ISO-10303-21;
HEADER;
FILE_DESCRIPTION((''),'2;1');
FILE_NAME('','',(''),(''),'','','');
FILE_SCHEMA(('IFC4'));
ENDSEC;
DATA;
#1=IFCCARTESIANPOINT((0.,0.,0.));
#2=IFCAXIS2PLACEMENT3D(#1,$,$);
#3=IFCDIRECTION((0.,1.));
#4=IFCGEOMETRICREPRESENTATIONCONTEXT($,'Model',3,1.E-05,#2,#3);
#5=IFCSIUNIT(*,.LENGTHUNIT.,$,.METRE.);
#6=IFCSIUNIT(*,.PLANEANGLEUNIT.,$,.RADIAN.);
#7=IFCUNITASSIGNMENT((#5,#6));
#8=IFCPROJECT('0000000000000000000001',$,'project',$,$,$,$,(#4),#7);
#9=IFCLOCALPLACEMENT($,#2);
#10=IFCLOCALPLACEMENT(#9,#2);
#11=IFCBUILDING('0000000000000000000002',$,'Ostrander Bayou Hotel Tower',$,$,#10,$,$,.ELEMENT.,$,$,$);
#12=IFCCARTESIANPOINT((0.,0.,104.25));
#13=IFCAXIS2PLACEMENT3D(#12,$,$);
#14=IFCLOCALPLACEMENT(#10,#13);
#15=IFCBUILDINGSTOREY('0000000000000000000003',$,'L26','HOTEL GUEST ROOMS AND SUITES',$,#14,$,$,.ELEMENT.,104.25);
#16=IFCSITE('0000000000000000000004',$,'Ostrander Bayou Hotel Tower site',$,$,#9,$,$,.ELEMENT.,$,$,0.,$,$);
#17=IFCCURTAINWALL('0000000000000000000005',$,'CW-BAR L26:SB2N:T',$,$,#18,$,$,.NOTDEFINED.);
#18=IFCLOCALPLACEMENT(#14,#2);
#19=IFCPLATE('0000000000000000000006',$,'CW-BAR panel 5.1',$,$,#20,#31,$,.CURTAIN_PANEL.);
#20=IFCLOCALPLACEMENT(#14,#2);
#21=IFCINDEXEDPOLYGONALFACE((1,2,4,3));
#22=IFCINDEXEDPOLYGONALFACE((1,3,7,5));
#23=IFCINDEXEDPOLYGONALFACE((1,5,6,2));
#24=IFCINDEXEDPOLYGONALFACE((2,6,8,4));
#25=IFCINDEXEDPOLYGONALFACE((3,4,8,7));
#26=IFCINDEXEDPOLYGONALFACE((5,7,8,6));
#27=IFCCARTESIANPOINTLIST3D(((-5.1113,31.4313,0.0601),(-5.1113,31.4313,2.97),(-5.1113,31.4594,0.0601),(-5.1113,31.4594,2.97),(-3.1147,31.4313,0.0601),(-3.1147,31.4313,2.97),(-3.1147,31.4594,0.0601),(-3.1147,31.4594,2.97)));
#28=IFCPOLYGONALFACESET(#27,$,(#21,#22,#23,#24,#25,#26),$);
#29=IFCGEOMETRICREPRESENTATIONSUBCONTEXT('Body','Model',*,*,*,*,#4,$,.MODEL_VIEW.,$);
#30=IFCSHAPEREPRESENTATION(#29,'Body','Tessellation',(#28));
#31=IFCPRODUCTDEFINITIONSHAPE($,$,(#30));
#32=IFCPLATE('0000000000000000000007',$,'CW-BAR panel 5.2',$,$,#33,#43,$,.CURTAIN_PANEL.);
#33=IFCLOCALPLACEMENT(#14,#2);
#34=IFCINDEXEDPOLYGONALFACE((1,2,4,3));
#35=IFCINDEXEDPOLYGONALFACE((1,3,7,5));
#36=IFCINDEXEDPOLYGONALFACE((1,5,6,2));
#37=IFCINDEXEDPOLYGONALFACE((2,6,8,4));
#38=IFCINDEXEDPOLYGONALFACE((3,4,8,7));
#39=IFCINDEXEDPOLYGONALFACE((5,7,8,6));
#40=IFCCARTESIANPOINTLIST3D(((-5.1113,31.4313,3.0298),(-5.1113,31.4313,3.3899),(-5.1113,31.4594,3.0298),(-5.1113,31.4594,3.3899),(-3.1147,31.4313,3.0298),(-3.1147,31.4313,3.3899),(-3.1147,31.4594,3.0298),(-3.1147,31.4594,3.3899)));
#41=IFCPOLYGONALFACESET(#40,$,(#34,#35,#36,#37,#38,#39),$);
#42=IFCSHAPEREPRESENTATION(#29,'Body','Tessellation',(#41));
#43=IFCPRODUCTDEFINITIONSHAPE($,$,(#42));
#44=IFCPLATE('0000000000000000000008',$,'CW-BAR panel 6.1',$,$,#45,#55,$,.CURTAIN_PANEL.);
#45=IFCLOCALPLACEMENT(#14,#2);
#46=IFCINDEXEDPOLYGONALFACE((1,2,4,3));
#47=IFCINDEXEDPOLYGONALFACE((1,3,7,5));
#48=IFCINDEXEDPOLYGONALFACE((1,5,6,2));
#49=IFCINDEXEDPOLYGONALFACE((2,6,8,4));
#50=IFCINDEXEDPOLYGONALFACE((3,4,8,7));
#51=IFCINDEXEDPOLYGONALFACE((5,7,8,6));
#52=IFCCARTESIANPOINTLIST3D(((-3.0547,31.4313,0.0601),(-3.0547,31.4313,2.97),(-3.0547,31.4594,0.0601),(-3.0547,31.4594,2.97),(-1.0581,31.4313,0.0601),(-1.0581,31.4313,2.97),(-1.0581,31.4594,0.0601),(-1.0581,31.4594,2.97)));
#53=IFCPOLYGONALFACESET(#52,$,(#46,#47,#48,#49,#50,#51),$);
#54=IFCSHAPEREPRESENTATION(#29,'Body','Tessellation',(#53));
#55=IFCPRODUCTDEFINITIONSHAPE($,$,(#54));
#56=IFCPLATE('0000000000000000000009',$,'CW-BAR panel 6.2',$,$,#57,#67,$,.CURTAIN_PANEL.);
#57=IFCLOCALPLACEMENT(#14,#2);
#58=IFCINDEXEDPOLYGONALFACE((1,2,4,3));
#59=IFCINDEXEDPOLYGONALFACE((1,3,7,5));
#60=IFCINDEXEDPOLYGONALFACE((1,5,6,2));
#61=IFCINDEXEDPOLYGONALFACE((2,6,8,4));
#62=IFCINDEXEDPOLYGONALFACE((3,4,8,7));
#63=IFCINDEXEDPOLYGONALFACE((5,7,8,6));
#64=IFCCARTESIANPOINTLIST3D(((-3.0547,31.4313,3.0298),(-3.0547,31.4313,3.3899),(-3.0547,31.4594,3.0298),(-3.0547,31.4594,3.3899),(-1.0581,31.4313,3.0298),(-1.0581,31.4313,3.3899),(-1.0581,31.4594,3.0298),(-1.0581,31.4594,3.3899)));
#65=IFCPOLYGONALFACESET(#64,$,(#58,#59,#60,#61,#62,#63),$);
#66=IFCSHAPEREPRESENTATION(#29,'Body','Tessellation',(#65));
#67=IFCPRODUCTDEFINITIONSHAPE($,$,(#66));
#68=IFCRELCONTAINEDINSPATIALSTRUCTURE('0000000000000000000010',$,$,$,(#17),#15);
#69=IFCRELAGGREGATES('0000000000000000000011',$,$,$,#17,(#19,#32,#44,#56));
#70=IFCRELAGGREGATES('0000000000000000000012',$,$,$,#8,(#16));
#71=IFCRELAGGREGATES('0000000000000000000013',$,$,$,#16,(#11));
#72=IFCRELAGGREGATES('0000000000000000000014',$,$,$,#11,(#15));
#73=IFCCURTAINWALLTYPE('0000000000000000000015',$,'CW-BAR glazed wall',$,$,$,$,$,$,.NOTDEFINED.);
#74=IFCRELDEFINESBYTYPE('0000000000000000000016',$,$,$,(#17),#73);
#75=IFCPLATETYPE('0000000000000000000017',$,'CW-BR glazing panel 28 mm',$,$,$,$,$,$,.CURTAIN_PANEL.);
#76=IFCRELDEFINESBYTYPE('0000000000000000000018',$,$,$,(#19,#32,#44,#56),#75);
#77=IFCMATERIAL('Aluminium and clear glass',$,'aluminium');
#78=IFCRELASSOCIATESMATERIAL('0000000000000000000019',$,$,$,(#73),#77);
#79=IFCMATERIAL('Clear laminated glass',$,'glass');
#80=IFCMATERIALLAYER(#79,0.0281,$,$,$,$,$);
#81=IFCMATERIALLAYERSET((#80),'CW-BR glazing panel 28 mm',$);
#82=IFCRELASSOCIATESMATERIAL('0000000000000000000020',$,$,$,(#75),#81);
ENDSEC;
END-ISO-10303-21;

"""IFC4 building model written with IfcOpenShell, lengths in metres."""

from ifc_helpers import new_model, si_unit, direction, frame, origin, origin_2d, place, context, subcontext, project, spatial, rectangle, extrude, material, layer, layer_set, type_object, element, aggregate, save


model = new_model("IFC4")

# Units and contexts
model_context = context("Model", 3, precision=1e-05, world=origin(), true_north=direction((0.0, 1.0)))
body_context = subcontext(model_context, "Body", "Model", "MODEL_VIEW")
ifc_project = project(units=[si_unit("LENGTHUNIT", "METRE"), si_unit("PLANEANGLEUNIT", "RADIAN")], contexts=[model_context])

# Site, building, storey
site_placement = place(None, origin())
site = spatial("IfcSite", under=ifc_project, at=site_placement, Name="Ostrander Bayou Hotel Tower site", CompositionType="ELEMENT", RefElevation=0.0)
building_placement = place(site_placement, origin())
building = spatial("IfcBuilding", under=site, at=building_placement, Name="Ostrander Bayou Hotel Tower", CompositionType="ELEMENT")
storey_placement = place(building_placement, frame((0.0, 0.0, 104.25)))
storey = spatial("IfcBuildingStorey", under=building, at=storey_placement, Name="L26", Description="HOTEL GUEST ROOMS AND SUITES", CompositionType="ELEMENT", Elevation=104.25)

# Curtain wall, plates
ifc_material_1 = material(Name="Aluminium and clear glass", Category="aluminium")
curtain_wall_type = type_object("IfcCurtainWallType", Name="CW-BAR glazed wall", PredefinedType="NOTDEFINED", material=ifc_material_1)
curtain_wall_placement = place(storey_placement, origin())
curtain_wall = element("IfcCurtainWall", 1, at=curtain_wall_placement, inside=storey, type_object=curtain_wall_type, Name="CW-BAR L26:SB2N:T", PredefinedType="NOTDEFINED")
ifc_material_2 = material(Name="Clear laminated glass", Category="glass")
ifc_layer = layer(ifc_material_2, 0.0281)
ifc_layer_set = layer_set([ifc_layer], Name="CW-BR glazing panel 28 mm")
plate_type = type_object("IfcPlateType", Name="CW-BR glazing panel 28 mm", PredefinedType="CURTAIN_PANEL", material=ifc_layer_set)
plate_1_placement = place(storey_placement, frame((-4.113, 31.4453, 0.0601), z_axis=(0.0, 0.0, 1.0), x_axis=(1.0, 0.0, 0.0)))
plate_1 = element("IfcPlate", 2, at=plate_1_placement, type_object=plate_type, Name="CW-BAR panel 5.1", PredefinedType="CURTAIN_PANEL", context=body_context, shape_type="SweptSolid", body=[
    extrude(rectangle(XDim=1.9966, YDim=0.0281, at=origin_2d()), origin(), (0.0, 0.0, 1.0), 2.9099),
])
plate_2_placement = place(storey_placement, frame((-4.113, 31.4453, 3.0298), z_axis=(0.0, 0.0, 1.0), x_axis=(1.0, 0.0, 0.0)))
plate_2 = element("IfcPlate", 3, at=plate_2_placement, type_object=plate_type, Name="CW-BAR panel 5.2", PredefinedType="CURTAIN_PANEL", context=body_context, shape_type="SweptSolid", body=[
    extrude(rectangle(XDim=1.9966, YDim=0.0281, at=origin_2d()), origin(), (0.0, 0.0, 1.0), 0.3601),
])
plate_3_placement = place(storey_placement, frame((-2.0564, 31.4453, 0.0601), z_axis=(0.0, 0.0, 1.0), x_axis=(1.0, 0.0, 0.0)))
plate_3 = element("IfcPlate", 4, at=plate_3_placement, type_object=plate_type, Name="CW-BAR panel 6.1", PredefinedType="CURTAIN_PANEL", context=body_context, shape_type="SweptSolid", body=[
    extrude(rectangle(XDim=1.9966, YDim=0.0281, at=origin_2d()), origin(), (0.0, 0.0, 1.0), 2.9099),
])
plate_4_placement = place(storey_placement, frame((-2.0564, 31.4453, 3.0298), z_axis=(0.0, 0.0, 1.0), x_axis=(1.0, 0.0, 0.0)))
plate_4 = element("IfcPlate", 5, at=plate_4_placement, type_object=plate_type, Name="CW-BAR panel 6.2", PredefinedType="CURTAIN_PANEL", context=body_context, shape_type="SweptSolid", body=[
    extrude(rectangle(XDim=1.9966, YDim=0.0281, at=origin_2d()), origin(), (0.0, 0.0, 1.0), 0.3601),
])
aggregate(curtain_wall, [plate_1, plate_2, plate_3, plate_4])

save(model, "model.ifc")
